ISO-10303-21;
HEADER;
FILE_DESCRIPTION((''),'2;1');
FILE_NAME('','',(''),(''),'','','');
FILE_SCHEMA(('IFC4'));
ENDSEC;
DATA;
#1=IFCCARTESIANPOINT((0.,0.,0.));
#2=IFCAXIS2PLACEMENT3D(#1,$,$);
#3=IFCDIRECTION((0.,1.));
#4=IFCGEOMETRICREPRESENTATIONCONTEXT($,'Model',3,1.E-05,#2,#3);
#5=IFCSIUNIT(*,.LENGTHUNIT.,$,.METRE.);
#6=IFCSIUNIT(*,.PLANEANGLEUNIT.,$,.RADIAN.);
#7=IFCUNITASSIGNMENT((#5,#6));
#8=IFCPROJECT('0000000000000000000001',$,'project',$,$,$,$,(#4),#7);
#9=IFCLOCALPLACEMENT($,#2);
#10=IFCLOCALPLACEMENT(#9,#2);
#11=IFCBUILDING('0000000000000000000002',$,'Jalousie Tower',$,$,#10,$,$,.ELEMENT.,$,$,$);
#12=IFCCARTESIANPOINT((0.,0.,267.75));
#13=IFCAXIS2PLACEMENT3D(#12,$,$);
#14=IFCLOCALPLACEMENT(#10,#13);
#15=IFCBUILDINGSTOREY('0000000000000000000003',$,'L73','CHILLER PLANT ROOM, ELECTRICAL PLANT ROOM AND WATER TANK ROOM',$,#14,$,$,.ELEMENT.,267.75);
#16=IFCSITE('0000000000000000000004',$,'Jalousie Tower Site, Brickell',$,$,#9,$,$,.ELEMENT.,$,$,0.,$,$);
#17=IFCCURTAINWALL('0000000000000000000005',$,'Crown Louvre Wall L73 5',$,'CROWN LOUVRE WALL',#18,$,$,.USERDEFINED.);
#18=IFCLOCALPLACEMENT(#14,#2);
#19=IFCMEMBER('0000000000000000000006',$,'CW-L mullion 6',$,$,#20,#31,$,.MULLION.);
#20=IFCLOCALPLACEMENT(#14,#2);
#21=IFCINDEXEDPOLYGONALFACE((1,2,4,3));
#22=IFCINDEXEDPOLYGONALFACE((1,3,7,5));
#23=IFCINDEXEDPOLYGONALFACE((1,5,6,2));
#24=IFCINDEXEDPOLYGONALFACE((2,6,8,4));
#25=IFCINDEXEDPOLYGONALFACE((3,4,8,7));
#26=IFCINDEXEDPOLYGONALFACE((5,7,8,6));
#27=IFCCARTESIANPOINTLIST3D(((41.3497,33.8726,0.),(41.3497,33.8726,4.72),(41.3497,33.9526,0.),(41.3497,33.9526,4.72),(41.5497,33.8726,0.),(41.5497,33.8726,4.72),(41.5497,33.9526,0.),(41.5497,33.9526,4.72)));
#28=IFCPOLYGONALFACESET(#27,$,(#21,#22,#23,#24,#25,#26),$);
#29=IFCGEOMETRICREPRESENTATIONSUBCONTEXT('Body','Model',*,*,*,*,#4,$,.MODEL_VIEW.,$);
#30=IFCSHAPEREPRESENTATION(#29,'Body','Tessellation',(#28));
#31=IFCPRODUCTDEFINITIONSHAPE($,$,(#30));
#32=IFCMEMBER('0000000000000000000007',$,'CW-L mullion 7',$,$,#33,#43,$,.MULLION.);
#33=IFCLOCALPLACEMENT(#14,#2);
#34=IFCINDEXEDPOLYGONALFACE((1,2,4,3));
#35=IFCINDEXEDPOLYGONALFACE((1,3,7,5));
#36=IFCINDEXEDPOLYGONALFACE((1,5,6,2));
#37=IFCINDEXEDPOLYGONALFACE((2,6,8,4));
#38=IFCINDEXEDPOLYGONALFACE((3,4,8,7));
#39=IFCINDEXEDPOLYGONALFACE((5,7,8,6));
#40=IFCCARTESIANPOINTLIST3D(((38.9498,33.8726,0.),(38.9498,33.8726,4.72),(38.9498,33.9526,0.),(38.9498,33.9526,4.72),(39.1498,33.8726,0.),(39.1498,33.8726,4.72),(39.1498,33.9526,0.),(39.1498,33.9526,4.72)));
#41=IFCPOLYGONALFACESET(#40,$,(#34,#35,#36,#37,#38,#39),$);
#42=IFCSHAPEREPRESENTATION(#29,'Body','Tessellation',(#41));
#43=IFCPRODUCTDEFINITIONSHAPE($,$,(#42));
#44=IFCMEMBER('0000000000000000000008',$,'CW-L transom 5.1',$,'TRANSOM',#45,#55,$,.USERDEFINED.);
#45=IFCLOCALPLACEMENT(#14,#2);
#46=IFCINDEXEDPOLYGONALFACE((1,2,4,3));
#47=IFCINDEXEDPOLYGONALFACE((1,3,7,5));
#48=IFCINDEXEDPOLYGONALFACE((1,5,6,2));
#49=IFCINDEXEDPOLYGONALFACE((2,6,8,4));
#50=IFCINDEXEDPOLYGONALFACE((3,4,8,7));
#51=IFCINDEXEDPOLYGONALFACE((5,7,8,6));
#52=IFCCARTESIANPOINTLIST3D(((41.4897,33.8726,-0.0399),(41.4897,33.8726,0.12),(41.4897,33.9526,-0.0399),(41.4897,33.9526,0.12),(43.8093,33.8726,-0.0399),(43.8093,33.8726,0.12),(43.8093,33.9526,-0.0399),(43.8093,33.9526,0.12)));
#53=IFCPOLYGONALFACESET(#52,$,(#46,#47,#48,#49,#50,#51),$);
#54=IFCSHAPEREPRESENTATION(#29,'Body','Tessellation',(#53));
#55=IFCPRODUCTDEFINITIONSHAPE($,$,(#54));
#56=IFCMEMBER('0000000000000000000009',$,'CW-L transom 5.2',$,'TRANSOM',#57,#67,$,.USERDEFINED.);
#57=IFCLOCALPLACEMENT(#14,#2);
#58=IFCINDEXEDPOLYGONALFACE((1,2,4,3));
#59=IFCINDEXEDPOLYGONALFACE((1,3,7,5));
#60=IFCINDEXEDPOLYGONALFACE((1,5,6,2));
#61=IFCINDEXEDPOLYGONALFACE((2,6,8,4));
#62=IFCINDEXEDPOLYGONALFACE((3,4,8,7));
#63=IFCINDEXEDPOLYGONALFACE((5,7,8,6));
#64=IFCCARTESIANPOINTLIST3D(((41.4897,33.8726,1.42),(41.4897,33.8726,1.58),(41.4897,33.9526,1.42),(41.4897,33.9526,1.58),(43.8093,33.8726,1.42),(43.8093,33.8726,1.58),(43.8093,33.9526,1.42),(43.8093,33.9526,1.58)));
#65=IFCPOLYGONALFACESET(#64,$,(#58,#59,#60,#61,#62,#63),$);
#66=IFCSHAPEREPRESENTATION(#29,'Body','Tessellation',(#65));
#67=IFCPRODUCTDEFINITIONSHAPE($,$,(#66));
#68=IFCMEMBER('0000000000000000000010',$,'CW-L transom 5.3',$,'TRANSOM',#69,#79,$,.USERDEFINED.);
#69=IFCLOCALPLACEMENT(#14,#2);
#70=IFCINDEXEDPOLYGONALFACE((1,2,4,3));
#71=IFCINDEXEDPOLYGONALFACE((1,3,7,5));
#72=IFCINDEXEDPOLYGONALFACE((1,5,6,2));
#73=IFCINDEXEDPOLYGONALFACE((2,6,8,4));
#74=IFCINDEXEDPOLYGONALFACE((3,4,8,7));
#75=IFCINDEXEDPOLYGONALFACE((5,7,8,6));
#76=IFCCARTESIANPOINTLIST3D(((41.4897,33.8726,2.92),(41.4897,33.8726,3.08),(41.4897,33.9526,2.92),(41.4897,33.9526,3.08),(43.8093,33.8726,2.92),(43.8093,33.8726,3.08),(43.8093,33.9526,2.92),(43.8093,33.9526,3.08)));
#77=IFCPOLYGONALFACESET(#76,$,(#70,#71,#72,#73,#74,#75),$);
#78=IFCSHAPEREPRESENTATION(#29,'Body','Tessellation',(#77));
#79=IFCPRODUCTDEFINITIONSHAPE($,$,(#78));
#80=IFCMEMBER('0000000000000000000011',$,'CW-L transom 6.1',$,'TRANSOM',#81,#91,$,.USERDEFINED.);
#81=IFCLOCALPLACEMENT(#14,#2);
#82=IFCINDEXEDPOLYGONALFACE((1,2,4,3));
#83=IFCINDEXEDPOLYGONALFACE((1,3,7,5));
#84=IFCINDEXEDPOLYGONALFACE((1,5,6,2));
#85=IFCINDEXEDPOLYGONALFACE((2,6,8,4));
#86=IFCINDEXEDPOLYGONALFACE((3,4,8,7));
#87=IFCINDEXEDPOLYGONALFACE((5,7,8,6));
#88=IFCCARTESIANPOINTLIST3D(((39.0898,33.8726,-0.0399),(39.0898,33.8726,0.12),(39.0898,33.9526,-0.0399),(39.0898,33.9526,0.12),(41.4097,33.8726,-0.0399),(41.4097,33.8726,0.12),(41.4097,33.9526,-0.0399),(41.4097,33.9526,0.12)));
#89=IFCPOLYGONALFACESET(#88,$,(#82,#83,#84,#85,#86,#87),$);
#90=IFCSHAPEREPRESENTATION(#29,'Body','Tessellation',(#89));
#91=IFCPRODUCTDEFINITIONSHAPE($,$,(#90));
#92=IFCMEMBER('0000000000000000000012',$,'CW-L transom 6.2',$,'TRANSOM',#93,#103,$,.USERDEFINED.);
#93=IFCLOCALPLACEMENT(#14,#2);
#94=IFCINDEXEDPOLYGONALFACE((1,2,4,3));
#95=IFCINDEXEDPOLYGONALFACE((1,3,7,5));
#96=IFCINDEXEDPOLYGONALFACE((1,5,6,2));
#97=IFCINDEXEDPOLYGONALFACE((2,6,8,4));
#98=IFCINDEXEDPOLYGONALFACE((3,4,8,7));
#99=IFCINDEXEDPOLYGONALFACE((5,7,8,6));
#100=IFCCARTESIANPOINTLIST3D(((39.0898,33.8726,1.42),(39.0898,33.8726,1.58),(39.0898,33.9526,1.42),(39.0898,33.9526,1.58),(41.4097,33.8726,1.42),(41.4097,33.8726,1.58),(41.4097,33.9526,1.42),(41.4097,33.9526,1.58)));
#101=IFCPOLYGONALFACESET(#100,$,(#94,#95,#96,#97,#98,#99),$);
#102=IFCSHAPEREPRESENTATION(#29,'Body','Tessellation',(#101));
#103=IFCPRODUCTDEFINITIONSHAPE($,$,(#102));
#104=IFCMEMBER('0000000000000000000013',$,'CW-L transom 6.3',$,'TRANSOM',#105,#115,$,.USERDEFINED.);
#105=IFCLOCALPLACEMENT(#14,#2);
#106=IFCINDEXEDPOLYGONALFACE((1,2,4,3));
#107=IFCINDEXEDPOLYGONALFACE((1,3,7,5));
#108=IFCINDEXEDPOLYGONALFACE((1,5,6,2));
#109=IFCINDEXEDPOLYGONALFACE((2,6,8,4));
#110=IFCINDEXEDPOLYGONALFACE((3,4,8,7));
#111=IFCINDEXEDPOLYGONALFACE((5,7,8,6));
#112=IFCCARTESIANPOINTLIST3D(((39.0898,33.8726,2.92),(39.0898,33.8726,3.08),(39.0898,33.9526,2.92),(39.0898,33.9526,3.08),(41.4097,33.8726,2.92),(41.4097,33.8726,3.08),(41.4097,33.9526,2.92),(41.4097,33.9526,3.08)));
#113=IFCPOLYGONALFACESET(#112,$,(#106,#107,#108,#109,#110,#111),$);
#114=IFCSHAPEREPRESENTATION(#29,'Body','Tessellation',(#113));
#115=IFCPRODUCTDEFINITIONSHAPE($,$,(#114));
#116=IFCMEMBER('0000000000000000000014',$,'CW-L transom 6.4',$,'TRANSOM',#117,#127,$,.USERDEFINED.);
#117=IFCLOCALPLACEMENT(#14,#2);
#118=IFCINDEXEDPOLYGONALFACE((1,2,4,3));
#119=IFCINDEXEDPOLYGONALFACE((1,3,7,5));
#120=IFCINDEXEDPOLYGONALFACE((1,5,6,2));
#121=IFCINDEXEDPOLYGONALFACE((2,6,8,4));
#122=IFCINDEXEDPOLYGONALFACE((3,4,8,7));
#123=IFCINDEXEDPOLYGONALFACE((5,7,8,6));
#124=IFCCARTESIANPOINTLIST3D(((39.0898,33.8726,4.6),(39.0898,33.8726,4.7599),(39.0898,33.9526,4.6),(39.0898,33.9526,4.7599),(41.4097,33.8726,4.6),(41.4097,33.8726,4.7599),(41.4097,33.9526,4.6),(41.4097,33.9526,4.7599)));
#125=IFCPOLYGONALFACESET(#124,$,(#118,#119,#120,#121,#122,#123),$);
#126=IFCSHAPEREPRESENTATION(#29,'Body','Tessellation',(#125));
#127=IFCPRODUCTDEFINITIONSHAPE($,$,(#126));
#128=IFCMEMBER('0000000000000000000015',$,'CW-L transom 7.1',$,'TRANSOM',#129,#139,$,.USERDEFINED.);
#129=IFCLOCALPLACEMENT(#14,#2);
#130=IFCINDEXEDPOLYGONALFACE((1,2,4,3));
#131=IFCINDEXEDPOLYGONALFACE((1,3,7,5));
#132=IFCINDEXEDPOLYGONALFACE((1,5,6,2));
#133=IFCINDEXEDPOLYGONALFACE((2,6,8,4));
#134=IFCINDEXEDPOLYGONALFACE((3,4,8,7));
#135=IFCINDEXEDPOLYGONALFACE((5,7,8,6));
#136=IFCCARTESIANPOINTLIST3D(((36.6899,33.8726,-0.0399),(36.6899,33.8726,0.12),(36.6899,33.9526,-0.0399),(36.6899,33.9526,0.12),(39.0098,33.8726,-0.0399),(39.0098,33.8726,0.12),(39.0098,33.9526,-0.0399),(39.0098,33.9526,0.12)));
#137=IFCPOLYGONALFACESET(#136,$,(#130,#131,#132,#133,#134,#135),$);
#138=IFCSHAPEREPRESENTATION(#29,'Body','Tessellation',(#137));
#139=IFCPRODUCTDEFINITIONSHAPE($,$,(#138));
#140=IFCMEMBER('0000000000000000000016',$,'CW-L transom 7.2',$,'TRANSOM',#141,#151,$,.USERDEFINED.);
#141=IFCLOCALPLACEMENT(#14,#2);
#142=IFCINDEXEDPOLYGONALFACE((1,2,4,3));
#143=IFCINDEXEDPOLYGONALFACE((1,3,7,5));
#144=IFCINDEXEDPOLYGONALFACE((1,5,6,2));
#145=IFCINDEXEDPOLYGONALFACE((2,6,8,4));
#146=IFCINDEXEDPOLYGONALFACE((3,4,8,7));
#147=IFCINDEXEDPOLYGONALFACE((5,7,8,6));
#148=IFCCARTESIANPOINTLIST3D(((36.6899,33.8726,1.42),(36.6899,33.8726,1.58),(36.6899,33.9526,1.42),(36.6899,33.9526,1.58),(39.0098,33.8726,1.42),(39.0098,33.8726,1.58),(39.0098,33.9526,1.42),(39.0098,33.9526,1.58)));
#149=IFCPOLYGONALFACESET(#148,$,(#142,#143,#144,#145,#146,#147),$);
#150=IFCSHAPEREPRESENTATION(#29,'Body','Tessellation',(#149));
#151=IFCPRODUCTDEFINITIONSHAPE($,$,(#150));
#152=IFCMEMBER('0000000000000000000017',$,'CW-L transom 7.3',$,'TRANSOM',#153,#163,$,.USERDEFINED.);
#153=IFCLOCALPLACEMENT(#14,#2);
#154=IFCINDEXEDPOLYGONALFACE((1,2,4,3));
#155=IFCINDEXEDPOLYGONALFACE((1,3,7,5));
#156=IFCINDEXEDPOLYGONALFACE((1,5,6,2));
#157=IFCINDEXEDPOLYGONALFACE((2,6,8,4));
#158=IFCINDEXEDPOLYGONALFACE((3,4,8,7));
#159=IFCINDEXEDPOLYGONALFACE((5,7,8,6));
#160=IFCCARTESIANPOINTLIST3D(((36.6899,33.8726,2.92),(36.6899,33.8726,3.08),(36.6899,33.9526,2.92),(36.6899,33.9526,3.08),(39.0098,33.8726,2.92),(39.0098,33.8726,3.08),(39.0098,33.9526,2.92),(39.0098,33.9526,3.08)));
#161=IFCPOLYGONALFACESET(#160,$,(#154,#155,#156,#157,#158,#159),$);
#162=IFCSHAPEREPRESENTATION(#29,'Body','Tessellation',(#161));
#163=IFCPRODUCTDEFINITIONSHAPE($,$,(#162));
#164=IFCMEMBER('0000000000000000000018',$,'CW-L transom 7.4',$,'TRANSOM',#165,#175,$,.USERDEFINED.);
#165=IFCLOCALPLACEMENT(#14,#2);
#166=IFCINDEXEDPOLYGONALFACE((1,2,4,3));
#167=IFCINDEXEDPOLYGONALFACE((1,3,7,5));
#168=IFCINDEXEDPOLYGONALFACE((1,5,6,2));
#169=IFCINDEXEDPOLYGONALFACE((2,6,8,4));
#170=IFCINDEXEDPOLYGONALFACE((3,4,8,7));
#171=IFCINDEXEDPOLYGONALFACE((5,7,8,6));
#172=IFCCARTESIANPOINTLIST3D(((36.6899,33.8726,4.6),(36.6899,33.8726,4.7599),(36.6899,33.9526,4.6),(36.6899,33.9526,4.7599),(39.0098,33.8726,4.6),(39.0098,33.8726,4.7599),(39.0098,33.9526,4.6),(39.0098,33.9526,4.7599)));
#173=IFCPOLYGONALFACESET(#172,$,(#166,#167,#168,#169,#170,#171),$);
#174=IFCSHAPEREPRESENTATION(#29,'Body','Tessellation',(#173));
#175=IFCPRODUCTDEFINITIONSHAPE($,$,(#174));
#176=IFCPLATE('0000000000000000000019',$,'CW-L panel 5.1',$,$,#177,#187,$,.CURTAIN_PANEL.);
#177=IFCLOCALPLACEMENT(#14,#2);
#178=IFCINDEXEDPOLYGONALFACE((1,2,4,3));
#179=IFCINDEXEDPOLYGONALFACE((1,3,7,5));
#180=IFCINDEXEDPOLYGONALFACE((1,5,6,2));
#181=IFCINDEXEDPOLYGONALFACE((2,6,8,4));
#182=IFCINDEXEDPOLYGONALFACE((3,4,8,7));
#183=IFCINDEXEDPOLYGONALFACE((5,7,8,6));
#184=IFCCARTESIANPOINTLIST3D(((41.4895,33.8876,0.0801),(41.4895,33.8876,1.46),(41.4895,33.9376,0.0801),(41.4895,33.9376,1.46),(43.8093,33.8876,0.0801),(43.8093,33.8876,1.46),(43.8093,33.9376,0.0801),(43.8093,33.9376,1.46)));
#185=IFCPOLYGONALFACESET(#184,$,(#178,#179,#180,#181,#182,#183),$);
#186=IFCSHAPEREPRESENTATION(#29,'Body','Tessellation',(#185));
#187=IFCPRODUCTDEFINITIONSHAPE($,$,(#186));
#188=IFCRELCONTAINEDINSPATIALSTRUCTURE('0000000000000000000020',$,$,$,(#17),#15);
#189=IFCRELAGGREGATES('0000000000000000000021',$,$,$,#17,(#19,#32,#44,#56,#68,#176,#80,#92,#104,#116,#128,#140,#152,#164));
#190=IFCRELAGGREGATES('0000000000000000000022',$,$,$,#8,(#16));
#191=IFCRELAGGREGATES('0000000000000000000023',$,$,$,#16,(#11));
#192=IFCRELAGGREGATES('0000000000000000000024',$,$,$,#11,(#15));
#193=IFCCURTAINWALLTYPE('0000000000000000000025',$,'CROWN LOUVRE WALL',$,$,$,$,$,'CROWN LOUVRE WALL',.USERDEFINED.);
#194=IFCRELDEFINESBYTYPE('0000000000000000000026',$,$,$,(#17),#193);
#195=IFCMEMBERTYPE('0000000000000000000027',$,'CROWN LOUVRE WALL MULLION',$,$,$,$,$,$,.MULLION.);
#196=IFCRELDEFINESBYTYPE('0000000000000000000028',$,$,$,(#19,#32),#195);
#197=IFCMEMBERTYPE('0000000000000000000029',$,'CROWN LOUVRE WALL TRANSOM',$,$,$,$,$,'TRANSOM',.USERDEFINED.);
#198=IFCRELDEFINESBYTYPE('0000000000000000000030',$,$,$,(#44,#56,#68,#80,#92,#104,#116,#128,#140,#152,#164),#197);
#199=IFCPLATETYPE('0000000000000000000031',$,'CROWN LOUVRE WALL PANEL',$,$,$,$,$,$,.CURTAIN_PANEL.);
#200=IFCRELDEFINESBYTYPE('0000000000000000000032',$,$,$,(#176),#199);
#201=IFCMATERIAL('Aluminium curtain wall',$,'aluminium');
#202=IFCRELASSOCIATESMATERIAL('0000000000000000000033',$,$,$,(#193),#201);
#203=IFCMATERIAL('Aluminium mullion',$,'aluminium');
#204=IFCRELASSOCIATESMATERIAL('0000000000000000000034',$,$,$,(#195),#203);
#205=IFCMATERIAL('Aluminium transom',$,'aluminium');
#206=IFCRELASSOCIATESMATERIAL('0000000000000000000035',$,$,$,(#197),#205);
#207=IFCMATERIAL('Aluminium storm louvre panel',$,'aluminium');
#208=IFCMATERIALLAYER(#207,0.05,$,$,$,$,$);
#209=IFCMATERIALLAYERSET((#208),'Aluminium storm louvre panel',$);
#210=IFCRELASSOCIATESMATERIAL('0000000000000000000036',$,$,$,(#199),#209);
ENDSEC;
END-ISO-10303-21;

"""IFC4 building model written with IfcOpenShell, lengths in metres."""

from ifc_helpers import new_model, si_unit, direction, frame, origin, origin_2d, place, context, subcontext, project, spatial, rectangle, extrude, material, layer, layer_set, material_profile, profile_set, type_object, element, aggregate, save


model = new_model("IFC4")

# Units and contexts
model_context = context("Model", 3, precision=1e-05, world=origin(), true_north=direction((0.0, 1.0)))
body_context = subcontext(model_context, "Body", "Model", "MODEL_VIEW")
ifc_project = project(units=[si_unit("LENGTHUNIT", "METRE"), si_unit("PLANEANGLEUNIT", "RADIAN")], contexts=[model_context])

# Site, building, storey
site_placement = place(None, origin())
site = spatial("IfcSite", under=ifc_project, at=site_placement, Name="Jalousie Tower Site, Brickell", CompositionType="ELEMENT", RefElevation=0.0)
building_placement = place(site_placement, origin())
building = spatial("IfcBuilding", under=site, at=building_placement, Name="Jalousie Tower", CompositionType="ELEMENT")
storey_placement = place(building_placement, frame((0.0, 0.0, 267.75)))
storey = spatial("IfcBuildingStorey", under=building, at=storey_placement, Name="L73", Description="CHILLER PLANT ROOM, ELECTRICAL PLANT ROOM AND WATER TANK ROOM", CompositionType="ELEMENT", Elevation=267.75)

# Curtain wall, members, plate
ifc_material_1 = material(Name="Aluminium curtain wall", Category="aluminium")
curtain_wall_type = type_object("IfcCurtainWallType", Name="CROWN LOUVRE WALL", ElementType="CROWN LOUVRE WALL", PredefinedType="USERDEFINED", material=ifc_material_1)
curtain_wall_placement = place(storey_placement, origin())
curtain_wall = element("IfcCurtainWall", 1, at=curtain_wall_placement, inside=storey, type_object=curtain_wall_type, Name="Crown Louvre Wall L73 5", ObjectType="CROWN LOUVRE WALL", PredefinedType="USERDEFINED")
ifc_material_2 = material(Name="Aluminium mullion", Category="aluminium")
ifc_material_profile_1 = material_profile(ifc_material_2, rectangle(XDim=0.0801, YDim=0.2, at=origin_2d()), Name="MULLION 80x200")
ifc_profile_set_1 = profile_set([ifc_material_profile_1], Name="Aluminium mullion")
member_type_1 = type_object("IfcMemberType", Name="CROWN LOUVRE WALL MULLION", PredefinedType="MULLION", material=ifc_profile_set_1)
member_1_placement = place(storey_placement, frame((41.4497, 33.9126, 0.0), z_axis=(0.0, 0.0, 1.0), x_axis=(0.0, -1.0, 0.0)))
member_1 = element("IfcMember", 2, at=member_1_placement, type_object=member_type_1, Name="CW-L mullion 6", PredefinedType="MULLION", context=body_context, shape_type="SweptSolid", body=[
    extrude(rectangle(XDim=0.0801, YDim=0.2, at=origin_2d()), origin(), (0.0, 0.0, 1.0), 4.72),
])
member_2_placement = place(storey_placement, frame((39.0498, 33.9126, 0.0), z_axis=(0.0, 0.0, 1.0), x_axis=(0.0, -1.0, 0.0)))
member_2 = element("IfcMember", 3, at=member_2_placement, type_object=member_type_1, Name="CW-L mullion 7", PredefinedType="MULLION", context=body_context, shape_type="SweptSolid", body=[
    extrude(rectangle(XDim=0.0801, YDim=0.2, at=origin_2d()), origin(), (0.0, 0.0, 1.0), 4.72),
])
ifc_material_3 = material(Name="Aluminium transom", Category="aluminium")
ifc_material_profile_2 = material_profile(ifc_material_3, rectangle(XDim=0.0801, YDim=0.1599, at=origin_2d()), Name="TRANSOM 80x160")
ifc_profile_set_2 = profile_set([ifc_material_profile_2], Name="Aluminium transom")
member_type_2 = type_object("IfcMemberType", Name="CROWN LOUVRE WALL TRANSOM", ElementType="TRANSOM", PredefinedType="USERDEFINED", material=ifc_profile_set_2)
member_3_placement = place(storey_placement, frame((43.8093, 33.9126, 0.04), z_axis=(-1.0, 0.0, 0.0), x_axis=(0.0, -1.0, 0.0)))
member_3 = element("IfcMember", 4, at=member_3_placement, type_object=member_type_2, Name="CW-L transom 5.1", ObjectType="TRANSOM", PredefinedType="USERDEFINED", context=body_context, shape_type="SweptSolid", body=[
    extrude(rectangle(XDim=0.0801, YDim=0.1599, at=origin_2d()), origin(), (0.0, 0.0, 1.0), 2.3196),
])
member_4_placement = place(storey_placement, frame((43.8093, 33.9126, 1.5), z_axis=(-1.0, 0.0, 0.0), x_axis=(0.0, -1.0, 0.0)))
member_4 = element("IfcMember", 5, at=member_4_placement, type_object=member_type_2, Name="CW-L transom 5.2", ObjectType="TRANSOM", PredefinedType="USERDEFINED", context=body_context, shape_type="SweptSolid", body=[
    extrude(rectangle(XDim=0.0801, YDim=0.1599, at=origin_2d()), origin(), (0.0, 0.0, 1.0), 2.3196),
])
member_5_placement = place(storey_placement, frame((43.8093, 33.9126, 3.0), z_axis=(-1.0, 0.0, 0.0), x_axis=(0.0, -1.0, 0.0)))
member_5 = element("IfcMember", 6, at=member_5_placement, type_object=member_type_2, Name="CW-L transom 5.3", ObjectType="TRANSOM", PredefinedType="USERDEFINED", context=body_context, shape_type="SweptSolid", body=[
    extrude(rectangle(XDim=0.0801, YDim=0.1599, at=origin_2d()), origin(), (0.0, 0.0, 1.0), 2.3196),
])
member_6_placement = place(storey_placement, frame((41.4097, 33.9126, 0.04), z_axis=(-1.0, 0.0, 0.0), x_axis=(0.0, -1.0, 0.0)))
member_6 = element("IfcMember", 7, at=member_6_placement, type_object=member_type_2, Name="CW-L transom 6.1", ObjectType="TRANSOM", PredefinedType="USERDEFINED", context=body_context, shape_type="SweptSolid", body=[
    extrude(rectangle(XDim=0.0801, YDim=0.1599, at=origin_2d()), origin(), (0.0, 0.0, 1.0), 2.3198),
])
member_7_placement = place(storey_placement, frame((41.4097, 33.9126, 1.5), z_axis=(-1.0, 0.0, 0.0), x_axis=(0.0, -1.0, 0.0)))
member_7 = element("IfcMember", 8, at=member_7_placement, type_object=member_type_2, Name="CW-L transom 6.2", ObjectType="TRANSOM", PredefinedType="USERDEFINED", context=body_context, shape_type="SweptSolid", body=[
    extrude(rectangle(XDim=0.0801, YDim=0.1599, at=origin_2d()), origin(), (0.0, 0.0, 1.0), 2.3198),
])
member_8_placement = place(storey_placement, frame((41.4097, 33.9126, 3.0), z_axis=(-1.0, 0.0, 0.0), x_axis=(0.0, -1.0, 0.0)))
member_8 = element("IfcMember", 9, at=member_8_placement, type_object=member_type_2, Name="CW-L transom 6.3", ObjectType="TRANSOM", PredefinedType="USERDEFINED", context=body_context, shape_type="SweptSolid", body=[
    extrude(rectangle(XDim=0.0801, YDim=0.1599, at=origin_2d()), origin(), (0.0, 0.0, 1.0), 2.3198),
])
member_9_placement = place(storey_placement, frame((41.4097, 33.9126, 4.6799), z_axis=(-1.0, 0.0, 0.0), x_axis=(0.0, -1.0, 0.0)))
member_9 = element("IfcMember", 10, at=member_9_placement, type_object=member_type_2, Name="CW-L transom 6.4", ObjectType="TRANSOM", PredefinedType="USERDEFINED", context=body_context, shape_type="SweptSolid", body=[
    extrude(rectangle(XDim=0.0801, YDim=0.1599, at=origin_2d()), origin(), (0.0, 0.0, 1.0), 2.3198),
])
member_10_placement = place(storey_placement, frame((39.0098, 33.9126, 0.04), z_axis=(-1.0, 0.0, 0.0), x_axis=(0.0, -1.0, 0.0)))
member_10 = element("IfcMember", 11, at=member_10_placement, type_object=member_type_2, Name="CW-L transom 7.1", ObjectType="TRANSOM", PredefinedType="USERDEFINED", context=body_context, shape_type="SweptSolid", body=[
    extrude(rectangle(XDim=0.0801, YDim=0.1599, at=origin_2d()), origin(), (0.0, 0.0, 1.0), 2.3198),
])
member_11_placement = place(storey_placement, frame((39.0098, 33.9126, 1.5), z_axis=(-1.0, 0.0, 0.0), x_axis=(0.0, -1.0, 0.0)))
member_11 = element("IfcMember", 12, at=member_11_placement, type_object=member_type_2, Name="CW-L transom 7.2", ObjectType="TRANSOM", PredefinedType="USERDEFINED", context=body_context, shape_type="SweptSolid", body=[
    extrude(rectangle(XDim=0.0801, YDim=0.1599, at=origin_2d()), origin(), (0.0, 0.0, 1.0), 2.3198),
])
member_12_placement = place(storey_placement, frame((39.0098, 33.9126, 3.0), z_axis=(-1.0, 0.0, 0.0), x_axis=(0.0, -1.0, 0.0)))
member_12 = element("IfcMember", 13, at=member_12_placement, type_object=member_type_2, Name="CW-L transom 7.3", ObjectType="TRANSOM", PredefinedType="USERDEFINED", context=body_context, shape_type="SweptSolid", body=[
    extrude(rectangle(XDim=0.0801, YDim=0.1599, at=origin_2d()), origin(), (0.0, 0.0, 1.0), 2.3198),
])
member_13_placement = place(storey_placement, frame((39.0098, 33.9126, 4.6799), z_axis=(-1.0, 0.0, 0.0), x_axis=(0.0, -1.0, 0.0)))
member_13 = element("IfcMember", 14, at=member_13_placement, type_object=member_type_2, Name="CW-L transom 7.4", ObjectType="TRANSOM", PredefinedType="USERDEFINED", context=body_context, shape_type="SweptSolid", body=[
    extrude(rectangle(XDim=0.0801, YDim=0.1599, at=origin_2d()), origin(), (0.0, 0.0, 1.0), 2.3198),
])
ifc_material_4 = material(Name="Aluminium storm louvre panel", Category="aluminium")
ifc_layer = layer(ifc_material_4, 0.05)
ifc_layer_set = layer_set([ifc_layer], Name="Aluminium storm louvre panel")
plate_type = type_object("IfcPlateType", Name="CROWN LOUVRE WALL PANEL", PredefinedType="CURTAIN_PANEL", material=ifc_layer_set)
plate_1_placement = place(storey_placement, frame((42.6494, 33.9126, 0.0801), z_axis=(0.0, 0.0, 1.0), x_axis=(-1.0, 0.0, 0.0)))
plate_1 = element("IfcPlate", 15, at=plate_1_placement, type_object=plate_type, Name="CW-L panel 5.1", PredefinedType="CURTAIN_PANEL", context=body_context, shape_type="SweptSolid", body=[
    extrude(rectangle(XDim=2.3198, YDim=0.05, at=origin_2d()), origin(), (0.0, 0.0, 1.0), 1.3799),
])
aggregate(curtain_wall, [member_1, member_2, member_3, member_4, member_5, plate_1, member_6, member_7, member_8, member_9, member_10, member_11, member_12, member_13])

save(model, "model.ifc")
